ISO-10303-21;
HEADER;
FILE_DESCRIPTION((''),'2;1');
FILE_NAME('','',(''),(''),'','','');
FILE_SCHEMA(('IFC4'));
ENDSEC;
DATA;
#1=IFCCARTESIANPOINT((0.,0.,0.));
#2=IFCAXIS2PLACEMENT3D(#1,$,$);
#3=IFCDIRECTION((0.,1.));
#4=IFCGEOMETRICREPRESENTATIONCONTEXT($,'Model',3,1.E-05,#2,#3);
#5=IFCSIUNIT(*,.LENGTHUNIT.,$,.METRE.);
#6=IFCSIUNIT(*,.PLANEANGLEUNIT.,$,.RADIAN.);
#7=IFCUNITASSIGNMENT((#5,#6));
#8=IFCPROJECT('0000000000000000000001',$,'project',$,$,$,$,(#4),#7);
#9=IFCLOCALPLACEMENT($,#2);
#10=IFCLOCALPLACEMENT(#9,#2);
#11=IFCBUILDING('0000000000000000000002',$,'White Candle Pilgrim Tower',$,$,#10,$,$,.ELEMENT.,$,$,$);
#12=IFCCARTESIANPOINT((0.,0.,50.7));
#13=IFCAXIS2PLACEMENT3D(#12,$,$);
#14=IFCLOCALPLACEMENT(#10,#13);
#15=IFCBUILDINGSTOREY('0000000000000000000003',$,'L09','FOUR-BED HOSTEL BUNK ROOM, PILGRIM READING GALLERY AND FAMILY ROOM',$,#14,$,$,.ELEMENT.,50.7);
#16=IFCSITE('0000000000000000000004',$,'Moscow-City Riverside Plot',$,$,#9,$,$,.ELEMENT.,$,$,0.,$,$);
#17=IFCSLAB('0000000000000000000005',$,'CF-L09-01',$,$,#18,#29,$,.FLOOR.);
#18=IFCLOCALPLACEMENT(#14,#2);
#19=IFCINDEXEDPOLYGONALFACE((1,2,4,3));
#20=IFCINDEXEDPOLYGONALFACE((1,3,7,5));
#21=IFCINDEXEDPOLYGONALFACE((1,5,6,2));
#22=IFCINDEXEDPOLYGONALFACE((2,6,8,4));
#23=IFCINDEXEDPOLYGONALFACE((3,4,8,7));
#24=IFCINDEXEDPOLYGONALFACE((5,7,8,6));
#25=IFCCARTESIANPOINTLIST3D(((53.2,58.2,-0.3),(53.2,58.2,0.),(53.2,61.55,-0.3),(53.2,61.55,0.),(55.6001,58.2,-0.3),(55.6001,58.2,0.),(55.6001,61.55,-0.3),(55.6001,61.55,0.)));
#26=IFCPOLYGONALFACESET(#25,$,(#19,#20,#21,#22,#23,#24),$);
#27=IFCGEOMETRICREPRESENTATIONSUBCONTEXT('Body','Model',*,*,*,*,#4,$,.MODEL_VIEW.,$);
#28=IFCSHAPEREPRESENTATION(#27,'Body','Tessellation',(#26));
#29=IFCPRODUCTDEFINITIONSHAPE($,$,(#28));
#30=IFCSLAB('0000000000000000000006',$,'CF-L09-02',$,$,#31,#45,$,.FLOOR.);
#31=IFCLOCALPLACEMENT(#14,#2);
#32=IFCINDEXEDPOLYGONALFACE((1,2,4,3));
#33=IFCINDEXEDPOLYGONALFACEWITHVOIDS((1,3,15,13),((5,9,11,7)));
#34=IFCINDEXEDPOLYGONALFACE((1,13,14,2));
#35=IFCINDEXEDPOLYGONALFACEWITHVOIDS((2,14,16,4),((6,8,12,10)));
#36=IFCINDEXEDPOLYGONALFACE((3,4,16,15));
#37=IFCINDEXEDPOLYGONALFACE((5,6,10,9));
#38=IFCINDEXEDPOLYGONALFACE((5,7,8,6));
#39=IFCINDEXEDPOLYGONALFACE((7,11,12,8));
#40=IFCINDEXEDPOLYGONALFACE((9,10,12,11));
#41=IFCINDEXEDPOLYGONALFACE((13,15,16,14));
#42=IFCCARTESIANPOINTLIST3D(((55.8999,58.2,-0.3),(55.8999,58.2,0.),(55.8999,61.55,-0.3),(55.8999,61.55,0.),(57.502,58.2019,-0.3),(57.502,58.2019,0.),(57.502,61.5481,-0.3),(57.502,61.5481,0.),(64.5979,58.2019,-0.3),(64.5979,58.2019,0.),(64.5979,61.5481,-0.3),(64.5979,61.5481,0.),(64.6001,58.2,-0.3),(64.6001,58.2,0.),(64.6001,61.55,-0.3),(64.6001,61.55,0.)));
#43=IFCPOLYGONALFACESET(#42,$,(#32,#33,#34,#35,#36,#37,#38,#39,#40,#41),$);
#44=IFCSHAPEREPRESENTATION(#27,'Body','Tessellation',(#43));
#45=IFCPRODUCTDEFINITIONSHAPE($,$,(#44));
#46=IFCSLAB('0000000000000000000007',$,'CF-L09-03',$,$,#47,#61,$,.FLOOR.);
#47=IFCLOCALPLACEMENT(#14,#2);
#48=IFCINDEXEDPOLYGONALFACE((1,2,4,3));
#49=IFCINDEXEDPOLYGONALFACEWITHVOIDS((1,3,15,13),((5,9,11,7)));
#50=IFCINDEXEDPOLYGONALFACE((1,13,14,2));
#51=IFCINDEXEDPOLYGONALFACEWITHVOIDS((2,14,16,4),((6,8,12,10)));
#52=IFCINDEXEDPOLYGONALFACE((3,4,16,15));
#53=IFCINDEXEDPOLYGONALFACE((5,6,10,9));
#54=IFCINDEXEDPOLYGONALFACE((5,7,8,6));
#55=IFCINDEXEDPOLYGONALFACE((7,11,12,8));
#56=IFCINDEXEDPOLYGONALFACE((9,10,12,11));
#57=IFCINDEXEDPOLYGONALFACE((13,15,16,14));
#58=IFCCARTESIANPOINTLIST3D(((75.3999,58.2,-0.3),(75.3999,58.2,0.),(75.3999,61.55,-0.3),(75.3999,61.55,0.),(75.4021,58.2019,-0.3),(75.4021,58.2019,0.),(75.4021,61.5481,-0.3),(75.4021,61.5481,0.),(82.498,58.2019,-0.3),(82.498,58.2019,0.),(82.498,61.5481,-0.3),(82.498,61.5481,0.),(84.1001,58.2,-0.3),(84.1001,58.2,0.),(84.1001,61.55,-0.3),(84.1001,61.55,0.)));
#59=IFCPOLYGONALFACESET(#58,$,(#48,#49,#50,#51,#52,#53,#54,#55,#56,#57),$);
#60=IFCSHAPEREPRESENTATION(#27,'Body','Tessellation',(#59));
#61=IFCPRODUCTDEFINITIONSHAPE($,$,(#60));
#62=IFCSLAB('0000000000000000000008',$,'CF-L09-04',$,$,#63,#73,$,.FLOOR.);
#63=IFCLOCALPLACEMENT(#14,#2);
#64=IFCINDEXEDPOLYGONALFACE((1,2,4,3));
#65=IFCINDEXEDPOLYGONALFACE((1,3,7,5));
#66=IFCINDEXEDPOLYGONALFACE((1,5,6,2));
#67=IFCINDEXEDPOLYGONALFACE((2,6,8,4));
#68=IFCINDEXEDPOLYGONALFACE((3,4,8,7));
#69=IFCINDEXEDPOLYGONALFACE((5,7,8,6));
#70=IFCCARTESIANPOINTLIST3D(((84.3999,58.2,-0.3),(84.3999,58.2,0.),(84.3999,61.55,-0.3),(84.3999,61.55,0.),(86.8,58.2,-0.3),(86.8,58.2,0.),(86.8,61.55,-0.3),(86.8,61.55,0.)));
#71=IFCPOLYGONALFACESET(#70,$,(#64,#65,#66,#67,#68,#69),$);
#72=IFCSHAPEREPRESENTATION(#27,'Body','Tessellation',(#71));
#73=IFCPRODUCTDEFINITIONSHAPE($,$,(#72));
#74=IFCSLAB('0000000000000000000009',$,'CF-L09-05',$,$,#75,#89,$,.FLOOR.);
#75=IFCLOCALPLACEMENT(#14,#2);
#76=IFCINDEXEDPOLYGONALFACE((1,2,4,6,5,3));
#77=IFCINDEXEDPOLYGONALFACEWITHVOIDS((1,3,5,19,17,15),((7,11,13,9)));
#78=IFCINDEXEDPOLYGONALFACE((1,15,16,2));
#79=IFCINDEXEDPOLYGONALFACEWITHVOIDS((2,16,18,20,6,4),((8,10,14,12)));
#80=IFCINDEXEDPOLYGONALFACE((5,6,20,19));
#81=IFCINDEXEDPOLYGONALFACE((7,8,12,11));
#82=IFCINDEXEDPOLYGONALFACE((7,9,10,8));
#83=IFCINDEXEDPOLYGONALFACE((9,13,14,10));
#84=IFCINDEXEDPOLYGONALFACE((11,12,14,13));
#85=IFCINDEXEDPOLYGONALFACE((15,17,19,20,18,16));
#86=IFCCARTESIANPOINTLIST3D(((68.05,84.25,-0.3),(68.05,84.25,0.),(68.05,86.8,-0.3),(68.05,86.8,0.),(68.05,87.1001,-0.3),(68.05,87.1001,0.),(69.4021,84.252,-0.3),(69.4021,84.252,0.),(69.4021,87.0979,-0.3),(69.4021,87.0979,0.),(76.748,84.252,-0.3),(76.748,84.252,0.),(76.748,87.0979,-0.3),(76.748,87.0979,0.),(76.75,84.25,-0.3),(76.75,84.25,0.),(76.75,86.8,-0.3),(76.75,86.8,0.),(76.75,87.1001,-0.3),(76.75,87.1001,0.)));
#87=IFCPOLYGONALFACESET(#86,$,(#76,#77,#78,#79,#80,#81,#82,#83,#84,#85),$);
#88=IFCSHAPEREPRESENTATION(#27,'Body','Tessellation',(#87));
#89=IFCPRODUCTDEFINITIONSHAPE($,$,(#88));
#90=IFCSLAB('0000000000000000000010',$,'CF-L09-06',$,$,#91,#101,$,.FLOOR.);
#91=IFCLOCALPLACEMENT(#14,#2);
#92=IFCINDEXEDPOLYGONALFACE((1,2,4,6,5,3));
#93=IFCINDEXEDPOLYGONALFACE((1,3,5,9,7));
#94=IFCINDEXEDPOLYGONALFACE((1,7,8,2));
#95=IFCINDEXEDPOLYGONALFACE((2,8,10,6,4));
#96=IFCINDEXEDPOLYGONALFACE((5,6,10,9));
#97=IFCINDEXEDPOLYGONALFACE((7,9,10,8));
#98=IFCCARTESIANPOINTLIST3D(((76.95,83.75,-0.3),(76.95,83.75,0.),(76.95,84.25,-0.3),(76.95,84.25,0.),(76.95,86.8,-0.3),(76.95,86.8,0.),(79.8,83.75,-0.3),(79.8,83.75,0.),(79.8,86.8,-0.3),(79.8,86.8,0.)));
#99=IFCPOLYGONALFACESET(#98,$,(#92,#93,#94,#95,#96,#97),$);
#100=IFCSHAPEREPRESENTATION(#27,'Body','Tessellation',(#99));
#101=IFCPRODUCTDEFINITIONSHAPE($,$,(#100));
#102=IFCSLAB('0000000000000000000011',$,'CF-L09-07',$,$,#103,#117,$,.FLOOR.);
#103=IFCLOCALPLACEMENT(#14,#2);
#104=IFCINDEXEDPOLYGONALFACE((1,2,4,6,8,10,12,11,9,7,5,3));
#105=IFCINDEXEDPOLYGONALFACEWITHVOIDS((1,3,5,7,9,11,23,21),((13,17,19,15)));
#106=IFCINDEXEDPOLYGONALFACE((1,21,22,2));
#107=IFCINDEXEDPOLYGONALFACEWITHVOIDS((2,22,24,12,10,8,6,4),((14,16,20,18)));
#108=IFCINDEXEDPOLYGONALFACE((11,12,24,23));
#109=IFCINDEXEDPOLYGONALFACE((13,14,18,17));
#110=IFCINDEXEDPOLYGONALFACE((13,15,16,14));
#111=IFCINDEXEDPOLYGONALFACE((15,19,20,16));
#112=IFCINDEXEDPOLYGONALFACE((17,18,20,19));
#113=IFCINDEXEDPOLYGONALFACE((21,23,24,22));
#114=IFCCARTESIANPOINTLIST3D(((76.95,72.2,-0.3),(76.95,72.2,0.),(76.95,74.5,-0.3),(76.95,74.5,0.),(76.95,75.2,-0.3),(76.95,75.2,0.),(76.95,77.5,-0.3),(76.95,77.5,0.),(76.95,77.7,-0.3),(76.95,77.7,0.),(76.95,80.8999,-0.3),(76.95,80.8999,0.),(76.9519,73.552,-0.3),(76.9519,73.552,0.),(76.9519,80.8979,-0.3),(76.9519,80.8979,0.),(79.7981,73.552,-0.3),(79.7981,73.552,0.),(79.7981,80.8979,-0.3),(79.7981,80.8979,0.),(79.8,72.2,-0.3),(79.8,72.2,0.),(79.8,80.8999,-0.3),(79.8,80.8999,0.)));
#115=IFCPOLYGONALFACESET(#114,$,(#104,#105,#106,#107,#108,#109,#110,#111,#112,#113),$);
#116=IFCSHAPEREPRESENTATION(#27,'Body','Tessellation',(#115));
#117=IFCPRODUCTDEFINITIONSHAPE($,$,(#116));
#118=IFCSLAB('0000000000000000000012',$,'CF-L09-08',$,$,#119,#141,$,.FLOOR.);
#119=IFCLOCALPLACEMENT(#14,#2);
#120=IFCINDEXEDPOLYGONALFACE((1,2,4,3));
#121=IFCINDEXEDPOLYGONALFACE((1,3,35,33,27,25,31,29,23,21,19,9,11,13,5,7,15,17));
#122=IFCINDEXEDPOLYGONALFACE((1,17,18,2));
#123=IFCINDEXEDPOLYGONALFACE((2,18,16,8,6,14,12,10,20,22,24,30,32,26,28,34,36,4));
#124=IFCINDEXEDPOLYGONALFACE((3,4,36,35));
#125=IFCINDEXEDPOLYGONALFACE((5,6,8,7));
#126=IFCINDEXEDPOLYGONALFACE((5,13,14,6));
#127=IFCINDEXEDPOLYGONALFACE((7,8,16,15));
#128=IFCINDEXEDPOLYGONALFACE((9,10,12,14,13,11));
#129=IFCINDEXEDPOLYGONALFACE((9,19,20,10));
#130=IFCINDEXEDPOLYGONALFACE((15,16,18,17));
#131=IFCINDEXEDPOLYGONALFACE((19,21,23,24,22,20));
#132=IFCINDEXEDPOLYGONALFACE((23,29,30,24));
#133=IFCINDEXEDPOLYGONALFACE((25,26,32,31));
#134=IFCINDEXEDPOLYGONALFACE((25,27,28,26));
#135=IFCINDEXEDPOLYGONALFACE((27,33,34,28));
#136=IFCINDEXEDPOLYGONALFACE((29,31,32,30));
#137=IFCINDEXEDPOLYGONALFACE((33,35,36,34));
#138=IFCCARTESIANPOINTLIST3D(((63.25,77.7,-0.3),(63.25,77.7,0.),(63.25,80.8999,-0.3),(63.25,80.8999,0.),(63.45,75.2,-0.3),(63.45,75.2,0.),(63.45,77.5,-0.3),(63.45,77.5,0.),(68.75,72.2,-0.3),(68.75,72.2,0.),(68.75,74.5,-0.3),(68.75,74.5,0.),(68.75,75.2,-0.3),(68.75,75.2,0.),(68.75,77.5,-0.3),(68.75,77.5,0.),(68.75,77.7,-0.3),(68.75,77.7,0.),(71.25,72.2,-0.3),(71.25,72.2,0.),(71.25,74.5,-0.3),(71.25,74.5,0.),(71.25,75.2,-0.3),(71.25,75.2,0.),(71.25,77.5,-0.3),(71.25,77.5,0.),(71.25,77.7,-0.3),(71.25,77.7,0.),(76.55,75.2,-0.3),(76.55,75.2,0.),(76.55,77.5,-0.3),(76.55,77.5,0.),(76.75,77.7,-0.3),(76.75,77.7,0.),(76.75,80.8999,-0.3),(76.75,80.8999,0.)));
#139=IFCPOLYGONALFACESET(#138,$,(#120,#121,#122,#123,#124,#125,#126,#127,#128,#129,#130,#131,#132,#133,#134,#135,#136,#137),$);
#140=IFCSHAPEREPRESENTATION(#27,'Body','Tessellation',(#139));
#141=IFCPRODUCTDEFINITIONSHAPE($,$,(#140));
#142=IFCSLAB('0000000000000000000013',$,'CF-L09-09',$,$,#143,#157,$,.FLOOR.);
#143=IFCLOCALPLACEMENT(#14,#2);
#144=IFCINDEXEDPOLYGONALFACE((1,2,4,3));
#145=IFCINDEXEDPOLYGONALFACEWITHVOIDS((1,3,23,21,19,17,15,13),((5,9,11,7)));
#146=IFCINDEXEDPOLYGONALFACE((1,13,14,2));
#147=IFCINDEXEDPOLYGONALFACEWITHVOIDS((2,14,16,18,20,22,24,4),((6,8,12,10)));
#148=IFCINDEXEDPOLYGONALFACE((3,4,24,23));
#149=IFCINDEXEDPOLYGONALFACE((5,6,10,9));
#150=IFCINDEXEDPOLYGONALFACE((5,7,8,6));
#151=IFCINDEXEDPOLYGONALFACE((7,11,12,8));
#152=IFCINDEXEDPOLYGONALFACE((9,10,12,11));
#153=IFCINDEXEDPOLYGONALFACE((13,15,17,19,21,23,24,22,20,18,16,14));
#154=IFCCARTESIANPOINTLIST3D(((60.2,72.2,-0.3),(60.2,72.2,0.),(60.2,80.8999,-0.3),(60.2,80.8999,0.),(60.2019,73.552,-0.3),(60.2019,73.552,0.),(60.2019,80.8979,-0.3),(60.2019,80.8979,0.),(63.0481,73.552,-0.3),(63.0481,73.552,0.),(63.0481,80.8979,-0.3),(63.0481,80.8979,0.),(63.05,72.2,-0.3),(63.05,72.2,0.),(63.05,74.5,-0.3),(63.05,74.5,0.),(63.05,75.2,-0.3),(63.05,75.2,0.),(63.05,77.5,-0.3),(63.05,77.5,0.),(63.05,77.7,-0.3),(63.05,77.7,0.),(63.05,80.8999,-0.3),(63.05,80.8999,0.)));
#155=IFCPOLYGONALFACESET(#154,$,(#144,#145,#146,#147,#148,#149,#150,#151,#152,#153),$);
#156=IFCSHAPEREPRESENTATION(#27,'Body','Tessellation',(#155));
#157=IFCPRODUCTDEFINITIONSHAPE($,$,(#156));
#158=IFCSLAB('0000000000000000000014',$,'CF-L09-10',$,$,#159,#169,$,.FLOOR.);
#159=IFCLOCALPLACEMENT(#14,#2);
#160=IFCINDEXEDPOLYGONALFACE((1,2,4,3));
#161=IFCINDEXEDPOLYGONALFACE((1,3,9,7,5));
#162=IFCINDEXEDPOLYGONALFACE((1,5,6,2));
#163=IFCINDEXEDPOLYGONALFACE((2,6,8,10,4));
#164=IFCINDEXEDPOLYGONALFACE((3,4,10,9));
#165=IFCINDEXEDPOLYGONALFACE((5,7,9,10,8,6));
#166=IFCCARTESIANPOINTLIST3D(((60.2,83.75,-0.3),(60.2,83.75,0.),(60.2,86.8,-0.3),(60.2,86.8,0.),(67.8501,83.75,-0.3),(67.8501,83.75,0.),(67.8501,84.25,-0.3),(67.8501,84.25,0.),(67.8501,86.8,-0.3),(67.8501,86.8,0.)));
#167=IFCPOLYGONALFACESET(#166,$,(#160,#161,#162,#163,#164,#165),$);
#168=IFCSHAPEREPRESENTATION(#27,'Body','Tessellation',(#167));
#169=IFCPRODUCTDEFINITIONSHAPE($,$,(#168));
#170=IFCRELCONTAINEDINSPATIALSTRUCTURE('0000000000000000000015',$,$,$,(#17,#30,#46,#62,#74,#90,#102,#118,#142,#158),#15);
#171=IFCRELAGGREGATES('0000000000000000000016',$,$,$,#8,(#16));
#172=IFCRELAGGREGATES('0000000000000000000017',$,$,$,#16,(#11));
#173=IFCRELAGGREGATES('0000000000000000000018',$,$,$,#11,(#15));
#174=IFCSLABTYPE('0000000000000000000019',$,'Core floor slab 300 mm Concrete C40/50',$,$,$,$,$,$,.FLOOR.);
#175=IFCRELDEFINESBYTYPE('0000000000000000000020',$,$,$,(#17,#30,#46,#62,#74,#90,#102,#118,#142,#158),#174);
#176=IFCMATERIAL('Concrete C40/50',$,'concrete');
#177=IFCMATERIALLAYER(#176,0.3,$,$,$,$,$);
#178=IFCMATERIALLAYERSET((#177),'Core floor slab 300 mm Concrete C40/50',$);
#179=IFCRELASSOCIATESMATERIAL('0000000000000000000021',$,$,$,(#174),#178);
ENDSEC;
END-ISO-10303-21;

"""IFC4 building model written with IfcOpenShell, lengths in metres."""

from ifc_helpers import new_model, si_unit, direction, frame, origin, place, context, subcontext, project, spatial, polyline, outline, extrude, material, layer, layer_set, type_object, element, save


model = new_model("IFC4")

# Units and contexts
model_context = context("Model", 3, precision=1e-05, world=origin(), true_north=direction((0.0, 1.0)))
body_context = subcontext(model_context, "Body", "Model", "MODEL_VIEW")
ifc_project = project(units=[si_unit("LENGTHUNIT", "METRE"), si_unit("PLANEANGLEUNIT", "RADIAN")], contexts=[model_context])

# Site, building, storey
site_placement = place(None, origin())
site = spatial("IfcSite", under=ifc_project, at=site_placement, Name="Moscow-City Riverside Plot", CompositionType="ELEMENT", RefElevation=0.0)
building_placement = place(site_placement, origin())
building = spatial("IfcBuilding", under=site, at=building_placement, Name="White Candle Pilgrim Tower", CompositionType="ELEMENT")
storey_placement = place(building_placement, frame((0.0, 0.0, 50.7)))
storey = spatial("IfcBuildingStorey", under=building, at=storey_placement, Name="L09", Description="FOUR-BED HOSTEL BUNK ROOM, PILGRIM READING GALLERY AND FAMILY ROOM", CompositionType="ELEMENT", Elevation=50.7)

# Slabs
ifc_material = material(Name="Concrete C40/50", Category="concrete")
ifc_layer_1 = layer(ifc_material, 0.3)
ifc_layer_set_1 = layer_set([ifc_layer_1], Name="Core floor slab 300 mm Concrete C40/50")
slab_type_1 = type_object("IfcSlabType", Name="Core floor slab 300 mm Concrete C40/50", PredefinedType="FLOOR", material=ifc_layer_set_1)
slab_1_placement = place(storey_placement, frame((0.0, 0.0, -0.3)))
element("IfcSlab", 1, at=slab_1_placement, inside=storey, type_object=slab_type_1, Name="CF-L09-01", PredefinedType="FLOOR", context=body_context, shape_type="SweptSolid", body=[
    extrude(outline(polyline([(55.6001, 58.2), (53.2, 58.2), (53.2, 61.55), (55.6001, 61.55), (55.6001, 58.2)])), origin(), (0.0, 0.0, 1.0), 0.3),
])
slab_2_placement = place(storey_placement, frame((0.0, 0.0, -0.3)))
element("IfcSlab", 2, at=slab_2_placement, inside=storey, type_object=slab_type_1, Name="CF-L09-02", PredefinedType="FLOOR", context=body_context, shape_type="SweptSolid", body=[
    extrude(outline(polyline([(55.8999, 58.2), (55.8999, 61.55), (64.6001, 61.55), (64.6001, 58.2), (55.8999, 58.2)]), holes=[polyline([(57.502, 61.5481), (57.502, 58.2019), (64.5979, 58.2019), (64.5979, 61.5481), (57.502, 61.5481)])]), origin(), (0.0, 0.0, 1.0), 0.3),
])
slab_3_placement = place(storey_placement, frame((0.0, 0.0, -0.3)))
element("IfcSlab", 3, at=slab_3_placement, inside=storey, type_object=slab_type_1, Name="CF-L09-03", PredefinedType="FLOOR", context=body_context, shape_type="SweptSolid", body=[
    extrude(outline(polyline([(75.3999, 58.2), (75.3999, 61.55), (84.1001, 61.55), (84.1001, 58.2), (75.3999, 58.2)]), holes=[polyline([(82.498, 58.2019), (82.498, 61.5481), (75.4021, 61.5481), (75.4021, 58.2019), (82.498, 58.2019)])]), origin(), (0.0, 0.0, 1.0), 0.3),
])
slab_4_placement = place(storey_placement, frame((0.0, 0.0, -0.3)))
element("IfcSlab", 4, at=slab_4_placement, inside=storey, type_object=slab_type_1, Name="CF-L09-04", PredefinedType="FLOOR", context=body_context, shape_type="SweptSolid", body=[
    extrude(outline(polyline([(86.8, 58.2), (84.3999, 58.2), (84.3999, 61.55), (86.8, 61.55), (86.8, 58.2)])), origin(), (0.0, 0.0, 1.0), 0.3),
])
slab_5_placement = place(storey_placement, frame((0.0, 0.0, -0.3)))
element("IfcSlab", 5, at=slab_5_placement, inside=storey, type_object=slab_type_1, Name="CF-L09-05", PredefinedType="FLOOR", context=body_context, shape_type="SweptSolid", body=[
    extrude(outline(polyline([(76.75, 87.1001), (76.75, 86.8), (76.75, 84.25), (68.05, 84.25), (68.05, 86.8), (68.05, 87.1001), (76.75, 87.1001)]), holes=[polyline([(69.4021, 87.0979), (69.4021, 84.252), (76.748, 84.252), (76.748, 87.0979), (69.4021, 87.0979)])]), origin(), (0.0, 0.0, 1.0), 0.3),
])
slab_6_placement = place(storey_placement, frame((0.0, 0.0, -0.3)))
element("IfcSlab", 6, at=slab_6_placement, inside=storey, type_object=slab_type_1, Name="CF-L09-06", PredefinedType="FLOOR", context=body_context, shape_type="SweptSolid", body=[
    extrude(outline(polyline([(79.8, 86.8), (79.8, 83.75), (76.95, 83.75), (76.95, 84.25), (76.95, 86.8), (79.8, 86.8)])), origin(), (0.0, 0.0, 1.0), 0.3),
])
slab_7_placement = place(storey_placement, frame((0.0, 0.0, -0.3)))
element("IfcSlab", 7, at=slab_7_placement, inside=storey, type_object=slab_type_1, Name="CF-L09-07", PredefinedType="FLOOR", context=body_context, shape_type="SweptSolid", body=[
    extrude(outline(polyline([(79.8, 72.2), (76.95, 72.2), (76.95, 74.5), (76.95, 75.2), (76.95, 77.5), (76.95, 77.7), (76.95, 80.8999), (79.8, 80.8999), (79.8, 72.2)]), holes=[polyline([(76.9519, 73.552), (79.7981, 73.552), (79.7981, 80.8979), (76.9519, 80.8979), (76.9519, 73.552)])]), origin(), (0.0, 0.0, 1.0), 0.3),
])
slab_8_placement = place(storey_placement, frame((0.0, 0.0, -0.3)))
element("IfcSlab", 8, at=slab_8_placement, inside=storey, type_object=slab_type_1, Name="CF-L09-08", PredefinedType="FLOOR", context=body_context, shape_type="SweptSolid", body=[
    extrude(outline(polyline([(68.75, 72.2), (68.75, 74.5), (68.75, 75.2), (63.45, 75.2), (63.45, 77.5), (68.75, 77.5), (68.75, 77.7), (63.25, 77.7), (63.25, 80.8999), (76.75, 80.8999), (76.75, 77.7), (71.25, 77.7), (71.25, 77.5), (76.55, 77.5), (76.55, 75.2), (71.25, 75.2), (71.25, 74.5), (71.25, 72.2), (68.75, 72.2)])), origin(), (0.0, 0.0, 1.0), 0.3),
])
slab_9_placement = place(storey_placement, frame((0.0, 0.0, -0.3)))
element("IfcSlab", 9, at=slab_9_placement, inside=storey, type_object=slab_type_1, Name="CF-L09-09", PredefinedType="FLOOR", context=body_context, shape_type="SweptSolid", body=[
    extrude(outline(polyline([(60.2, 72.2), (60.2, 80.8999), (63.05, 80.8999), (63.05, 77.7), (63.05, 77.5), (63.05, 75.2), (63.05, 74.5), (63.05, 72.2), (60.2, 72.2)]), holes=[polyline([(60.2019, 73.552), (63.0481, 73.552), (63.0481, 80.8979), (60.2019, 80.8979), (60.2019, 73.552)])]), origin(), (0.0, 0.0, 1.0), 0.3),
])
slab_10_placement = place(storey_placement, frame((0.0, 0.0, -0.3)))
element("IfcSlab", 10, at=slab_10_placement, inside=storey, type_object=slab_type_1, Name="CF-L09-10", PredefinedType="FLOOR", context=body_context, shape_type="SweptSolid", body=[
    extrude(outline(polyline([(60.2, 86.8), (67.8501, 86.8), (67.8501, 84.25), (67.8501, 83.75), (60.2, 83.75), (60.2, 86.8)])), origin(), (0.0, 0.0, 1.0), 0.3),
])

save(model, "model.ifc")
